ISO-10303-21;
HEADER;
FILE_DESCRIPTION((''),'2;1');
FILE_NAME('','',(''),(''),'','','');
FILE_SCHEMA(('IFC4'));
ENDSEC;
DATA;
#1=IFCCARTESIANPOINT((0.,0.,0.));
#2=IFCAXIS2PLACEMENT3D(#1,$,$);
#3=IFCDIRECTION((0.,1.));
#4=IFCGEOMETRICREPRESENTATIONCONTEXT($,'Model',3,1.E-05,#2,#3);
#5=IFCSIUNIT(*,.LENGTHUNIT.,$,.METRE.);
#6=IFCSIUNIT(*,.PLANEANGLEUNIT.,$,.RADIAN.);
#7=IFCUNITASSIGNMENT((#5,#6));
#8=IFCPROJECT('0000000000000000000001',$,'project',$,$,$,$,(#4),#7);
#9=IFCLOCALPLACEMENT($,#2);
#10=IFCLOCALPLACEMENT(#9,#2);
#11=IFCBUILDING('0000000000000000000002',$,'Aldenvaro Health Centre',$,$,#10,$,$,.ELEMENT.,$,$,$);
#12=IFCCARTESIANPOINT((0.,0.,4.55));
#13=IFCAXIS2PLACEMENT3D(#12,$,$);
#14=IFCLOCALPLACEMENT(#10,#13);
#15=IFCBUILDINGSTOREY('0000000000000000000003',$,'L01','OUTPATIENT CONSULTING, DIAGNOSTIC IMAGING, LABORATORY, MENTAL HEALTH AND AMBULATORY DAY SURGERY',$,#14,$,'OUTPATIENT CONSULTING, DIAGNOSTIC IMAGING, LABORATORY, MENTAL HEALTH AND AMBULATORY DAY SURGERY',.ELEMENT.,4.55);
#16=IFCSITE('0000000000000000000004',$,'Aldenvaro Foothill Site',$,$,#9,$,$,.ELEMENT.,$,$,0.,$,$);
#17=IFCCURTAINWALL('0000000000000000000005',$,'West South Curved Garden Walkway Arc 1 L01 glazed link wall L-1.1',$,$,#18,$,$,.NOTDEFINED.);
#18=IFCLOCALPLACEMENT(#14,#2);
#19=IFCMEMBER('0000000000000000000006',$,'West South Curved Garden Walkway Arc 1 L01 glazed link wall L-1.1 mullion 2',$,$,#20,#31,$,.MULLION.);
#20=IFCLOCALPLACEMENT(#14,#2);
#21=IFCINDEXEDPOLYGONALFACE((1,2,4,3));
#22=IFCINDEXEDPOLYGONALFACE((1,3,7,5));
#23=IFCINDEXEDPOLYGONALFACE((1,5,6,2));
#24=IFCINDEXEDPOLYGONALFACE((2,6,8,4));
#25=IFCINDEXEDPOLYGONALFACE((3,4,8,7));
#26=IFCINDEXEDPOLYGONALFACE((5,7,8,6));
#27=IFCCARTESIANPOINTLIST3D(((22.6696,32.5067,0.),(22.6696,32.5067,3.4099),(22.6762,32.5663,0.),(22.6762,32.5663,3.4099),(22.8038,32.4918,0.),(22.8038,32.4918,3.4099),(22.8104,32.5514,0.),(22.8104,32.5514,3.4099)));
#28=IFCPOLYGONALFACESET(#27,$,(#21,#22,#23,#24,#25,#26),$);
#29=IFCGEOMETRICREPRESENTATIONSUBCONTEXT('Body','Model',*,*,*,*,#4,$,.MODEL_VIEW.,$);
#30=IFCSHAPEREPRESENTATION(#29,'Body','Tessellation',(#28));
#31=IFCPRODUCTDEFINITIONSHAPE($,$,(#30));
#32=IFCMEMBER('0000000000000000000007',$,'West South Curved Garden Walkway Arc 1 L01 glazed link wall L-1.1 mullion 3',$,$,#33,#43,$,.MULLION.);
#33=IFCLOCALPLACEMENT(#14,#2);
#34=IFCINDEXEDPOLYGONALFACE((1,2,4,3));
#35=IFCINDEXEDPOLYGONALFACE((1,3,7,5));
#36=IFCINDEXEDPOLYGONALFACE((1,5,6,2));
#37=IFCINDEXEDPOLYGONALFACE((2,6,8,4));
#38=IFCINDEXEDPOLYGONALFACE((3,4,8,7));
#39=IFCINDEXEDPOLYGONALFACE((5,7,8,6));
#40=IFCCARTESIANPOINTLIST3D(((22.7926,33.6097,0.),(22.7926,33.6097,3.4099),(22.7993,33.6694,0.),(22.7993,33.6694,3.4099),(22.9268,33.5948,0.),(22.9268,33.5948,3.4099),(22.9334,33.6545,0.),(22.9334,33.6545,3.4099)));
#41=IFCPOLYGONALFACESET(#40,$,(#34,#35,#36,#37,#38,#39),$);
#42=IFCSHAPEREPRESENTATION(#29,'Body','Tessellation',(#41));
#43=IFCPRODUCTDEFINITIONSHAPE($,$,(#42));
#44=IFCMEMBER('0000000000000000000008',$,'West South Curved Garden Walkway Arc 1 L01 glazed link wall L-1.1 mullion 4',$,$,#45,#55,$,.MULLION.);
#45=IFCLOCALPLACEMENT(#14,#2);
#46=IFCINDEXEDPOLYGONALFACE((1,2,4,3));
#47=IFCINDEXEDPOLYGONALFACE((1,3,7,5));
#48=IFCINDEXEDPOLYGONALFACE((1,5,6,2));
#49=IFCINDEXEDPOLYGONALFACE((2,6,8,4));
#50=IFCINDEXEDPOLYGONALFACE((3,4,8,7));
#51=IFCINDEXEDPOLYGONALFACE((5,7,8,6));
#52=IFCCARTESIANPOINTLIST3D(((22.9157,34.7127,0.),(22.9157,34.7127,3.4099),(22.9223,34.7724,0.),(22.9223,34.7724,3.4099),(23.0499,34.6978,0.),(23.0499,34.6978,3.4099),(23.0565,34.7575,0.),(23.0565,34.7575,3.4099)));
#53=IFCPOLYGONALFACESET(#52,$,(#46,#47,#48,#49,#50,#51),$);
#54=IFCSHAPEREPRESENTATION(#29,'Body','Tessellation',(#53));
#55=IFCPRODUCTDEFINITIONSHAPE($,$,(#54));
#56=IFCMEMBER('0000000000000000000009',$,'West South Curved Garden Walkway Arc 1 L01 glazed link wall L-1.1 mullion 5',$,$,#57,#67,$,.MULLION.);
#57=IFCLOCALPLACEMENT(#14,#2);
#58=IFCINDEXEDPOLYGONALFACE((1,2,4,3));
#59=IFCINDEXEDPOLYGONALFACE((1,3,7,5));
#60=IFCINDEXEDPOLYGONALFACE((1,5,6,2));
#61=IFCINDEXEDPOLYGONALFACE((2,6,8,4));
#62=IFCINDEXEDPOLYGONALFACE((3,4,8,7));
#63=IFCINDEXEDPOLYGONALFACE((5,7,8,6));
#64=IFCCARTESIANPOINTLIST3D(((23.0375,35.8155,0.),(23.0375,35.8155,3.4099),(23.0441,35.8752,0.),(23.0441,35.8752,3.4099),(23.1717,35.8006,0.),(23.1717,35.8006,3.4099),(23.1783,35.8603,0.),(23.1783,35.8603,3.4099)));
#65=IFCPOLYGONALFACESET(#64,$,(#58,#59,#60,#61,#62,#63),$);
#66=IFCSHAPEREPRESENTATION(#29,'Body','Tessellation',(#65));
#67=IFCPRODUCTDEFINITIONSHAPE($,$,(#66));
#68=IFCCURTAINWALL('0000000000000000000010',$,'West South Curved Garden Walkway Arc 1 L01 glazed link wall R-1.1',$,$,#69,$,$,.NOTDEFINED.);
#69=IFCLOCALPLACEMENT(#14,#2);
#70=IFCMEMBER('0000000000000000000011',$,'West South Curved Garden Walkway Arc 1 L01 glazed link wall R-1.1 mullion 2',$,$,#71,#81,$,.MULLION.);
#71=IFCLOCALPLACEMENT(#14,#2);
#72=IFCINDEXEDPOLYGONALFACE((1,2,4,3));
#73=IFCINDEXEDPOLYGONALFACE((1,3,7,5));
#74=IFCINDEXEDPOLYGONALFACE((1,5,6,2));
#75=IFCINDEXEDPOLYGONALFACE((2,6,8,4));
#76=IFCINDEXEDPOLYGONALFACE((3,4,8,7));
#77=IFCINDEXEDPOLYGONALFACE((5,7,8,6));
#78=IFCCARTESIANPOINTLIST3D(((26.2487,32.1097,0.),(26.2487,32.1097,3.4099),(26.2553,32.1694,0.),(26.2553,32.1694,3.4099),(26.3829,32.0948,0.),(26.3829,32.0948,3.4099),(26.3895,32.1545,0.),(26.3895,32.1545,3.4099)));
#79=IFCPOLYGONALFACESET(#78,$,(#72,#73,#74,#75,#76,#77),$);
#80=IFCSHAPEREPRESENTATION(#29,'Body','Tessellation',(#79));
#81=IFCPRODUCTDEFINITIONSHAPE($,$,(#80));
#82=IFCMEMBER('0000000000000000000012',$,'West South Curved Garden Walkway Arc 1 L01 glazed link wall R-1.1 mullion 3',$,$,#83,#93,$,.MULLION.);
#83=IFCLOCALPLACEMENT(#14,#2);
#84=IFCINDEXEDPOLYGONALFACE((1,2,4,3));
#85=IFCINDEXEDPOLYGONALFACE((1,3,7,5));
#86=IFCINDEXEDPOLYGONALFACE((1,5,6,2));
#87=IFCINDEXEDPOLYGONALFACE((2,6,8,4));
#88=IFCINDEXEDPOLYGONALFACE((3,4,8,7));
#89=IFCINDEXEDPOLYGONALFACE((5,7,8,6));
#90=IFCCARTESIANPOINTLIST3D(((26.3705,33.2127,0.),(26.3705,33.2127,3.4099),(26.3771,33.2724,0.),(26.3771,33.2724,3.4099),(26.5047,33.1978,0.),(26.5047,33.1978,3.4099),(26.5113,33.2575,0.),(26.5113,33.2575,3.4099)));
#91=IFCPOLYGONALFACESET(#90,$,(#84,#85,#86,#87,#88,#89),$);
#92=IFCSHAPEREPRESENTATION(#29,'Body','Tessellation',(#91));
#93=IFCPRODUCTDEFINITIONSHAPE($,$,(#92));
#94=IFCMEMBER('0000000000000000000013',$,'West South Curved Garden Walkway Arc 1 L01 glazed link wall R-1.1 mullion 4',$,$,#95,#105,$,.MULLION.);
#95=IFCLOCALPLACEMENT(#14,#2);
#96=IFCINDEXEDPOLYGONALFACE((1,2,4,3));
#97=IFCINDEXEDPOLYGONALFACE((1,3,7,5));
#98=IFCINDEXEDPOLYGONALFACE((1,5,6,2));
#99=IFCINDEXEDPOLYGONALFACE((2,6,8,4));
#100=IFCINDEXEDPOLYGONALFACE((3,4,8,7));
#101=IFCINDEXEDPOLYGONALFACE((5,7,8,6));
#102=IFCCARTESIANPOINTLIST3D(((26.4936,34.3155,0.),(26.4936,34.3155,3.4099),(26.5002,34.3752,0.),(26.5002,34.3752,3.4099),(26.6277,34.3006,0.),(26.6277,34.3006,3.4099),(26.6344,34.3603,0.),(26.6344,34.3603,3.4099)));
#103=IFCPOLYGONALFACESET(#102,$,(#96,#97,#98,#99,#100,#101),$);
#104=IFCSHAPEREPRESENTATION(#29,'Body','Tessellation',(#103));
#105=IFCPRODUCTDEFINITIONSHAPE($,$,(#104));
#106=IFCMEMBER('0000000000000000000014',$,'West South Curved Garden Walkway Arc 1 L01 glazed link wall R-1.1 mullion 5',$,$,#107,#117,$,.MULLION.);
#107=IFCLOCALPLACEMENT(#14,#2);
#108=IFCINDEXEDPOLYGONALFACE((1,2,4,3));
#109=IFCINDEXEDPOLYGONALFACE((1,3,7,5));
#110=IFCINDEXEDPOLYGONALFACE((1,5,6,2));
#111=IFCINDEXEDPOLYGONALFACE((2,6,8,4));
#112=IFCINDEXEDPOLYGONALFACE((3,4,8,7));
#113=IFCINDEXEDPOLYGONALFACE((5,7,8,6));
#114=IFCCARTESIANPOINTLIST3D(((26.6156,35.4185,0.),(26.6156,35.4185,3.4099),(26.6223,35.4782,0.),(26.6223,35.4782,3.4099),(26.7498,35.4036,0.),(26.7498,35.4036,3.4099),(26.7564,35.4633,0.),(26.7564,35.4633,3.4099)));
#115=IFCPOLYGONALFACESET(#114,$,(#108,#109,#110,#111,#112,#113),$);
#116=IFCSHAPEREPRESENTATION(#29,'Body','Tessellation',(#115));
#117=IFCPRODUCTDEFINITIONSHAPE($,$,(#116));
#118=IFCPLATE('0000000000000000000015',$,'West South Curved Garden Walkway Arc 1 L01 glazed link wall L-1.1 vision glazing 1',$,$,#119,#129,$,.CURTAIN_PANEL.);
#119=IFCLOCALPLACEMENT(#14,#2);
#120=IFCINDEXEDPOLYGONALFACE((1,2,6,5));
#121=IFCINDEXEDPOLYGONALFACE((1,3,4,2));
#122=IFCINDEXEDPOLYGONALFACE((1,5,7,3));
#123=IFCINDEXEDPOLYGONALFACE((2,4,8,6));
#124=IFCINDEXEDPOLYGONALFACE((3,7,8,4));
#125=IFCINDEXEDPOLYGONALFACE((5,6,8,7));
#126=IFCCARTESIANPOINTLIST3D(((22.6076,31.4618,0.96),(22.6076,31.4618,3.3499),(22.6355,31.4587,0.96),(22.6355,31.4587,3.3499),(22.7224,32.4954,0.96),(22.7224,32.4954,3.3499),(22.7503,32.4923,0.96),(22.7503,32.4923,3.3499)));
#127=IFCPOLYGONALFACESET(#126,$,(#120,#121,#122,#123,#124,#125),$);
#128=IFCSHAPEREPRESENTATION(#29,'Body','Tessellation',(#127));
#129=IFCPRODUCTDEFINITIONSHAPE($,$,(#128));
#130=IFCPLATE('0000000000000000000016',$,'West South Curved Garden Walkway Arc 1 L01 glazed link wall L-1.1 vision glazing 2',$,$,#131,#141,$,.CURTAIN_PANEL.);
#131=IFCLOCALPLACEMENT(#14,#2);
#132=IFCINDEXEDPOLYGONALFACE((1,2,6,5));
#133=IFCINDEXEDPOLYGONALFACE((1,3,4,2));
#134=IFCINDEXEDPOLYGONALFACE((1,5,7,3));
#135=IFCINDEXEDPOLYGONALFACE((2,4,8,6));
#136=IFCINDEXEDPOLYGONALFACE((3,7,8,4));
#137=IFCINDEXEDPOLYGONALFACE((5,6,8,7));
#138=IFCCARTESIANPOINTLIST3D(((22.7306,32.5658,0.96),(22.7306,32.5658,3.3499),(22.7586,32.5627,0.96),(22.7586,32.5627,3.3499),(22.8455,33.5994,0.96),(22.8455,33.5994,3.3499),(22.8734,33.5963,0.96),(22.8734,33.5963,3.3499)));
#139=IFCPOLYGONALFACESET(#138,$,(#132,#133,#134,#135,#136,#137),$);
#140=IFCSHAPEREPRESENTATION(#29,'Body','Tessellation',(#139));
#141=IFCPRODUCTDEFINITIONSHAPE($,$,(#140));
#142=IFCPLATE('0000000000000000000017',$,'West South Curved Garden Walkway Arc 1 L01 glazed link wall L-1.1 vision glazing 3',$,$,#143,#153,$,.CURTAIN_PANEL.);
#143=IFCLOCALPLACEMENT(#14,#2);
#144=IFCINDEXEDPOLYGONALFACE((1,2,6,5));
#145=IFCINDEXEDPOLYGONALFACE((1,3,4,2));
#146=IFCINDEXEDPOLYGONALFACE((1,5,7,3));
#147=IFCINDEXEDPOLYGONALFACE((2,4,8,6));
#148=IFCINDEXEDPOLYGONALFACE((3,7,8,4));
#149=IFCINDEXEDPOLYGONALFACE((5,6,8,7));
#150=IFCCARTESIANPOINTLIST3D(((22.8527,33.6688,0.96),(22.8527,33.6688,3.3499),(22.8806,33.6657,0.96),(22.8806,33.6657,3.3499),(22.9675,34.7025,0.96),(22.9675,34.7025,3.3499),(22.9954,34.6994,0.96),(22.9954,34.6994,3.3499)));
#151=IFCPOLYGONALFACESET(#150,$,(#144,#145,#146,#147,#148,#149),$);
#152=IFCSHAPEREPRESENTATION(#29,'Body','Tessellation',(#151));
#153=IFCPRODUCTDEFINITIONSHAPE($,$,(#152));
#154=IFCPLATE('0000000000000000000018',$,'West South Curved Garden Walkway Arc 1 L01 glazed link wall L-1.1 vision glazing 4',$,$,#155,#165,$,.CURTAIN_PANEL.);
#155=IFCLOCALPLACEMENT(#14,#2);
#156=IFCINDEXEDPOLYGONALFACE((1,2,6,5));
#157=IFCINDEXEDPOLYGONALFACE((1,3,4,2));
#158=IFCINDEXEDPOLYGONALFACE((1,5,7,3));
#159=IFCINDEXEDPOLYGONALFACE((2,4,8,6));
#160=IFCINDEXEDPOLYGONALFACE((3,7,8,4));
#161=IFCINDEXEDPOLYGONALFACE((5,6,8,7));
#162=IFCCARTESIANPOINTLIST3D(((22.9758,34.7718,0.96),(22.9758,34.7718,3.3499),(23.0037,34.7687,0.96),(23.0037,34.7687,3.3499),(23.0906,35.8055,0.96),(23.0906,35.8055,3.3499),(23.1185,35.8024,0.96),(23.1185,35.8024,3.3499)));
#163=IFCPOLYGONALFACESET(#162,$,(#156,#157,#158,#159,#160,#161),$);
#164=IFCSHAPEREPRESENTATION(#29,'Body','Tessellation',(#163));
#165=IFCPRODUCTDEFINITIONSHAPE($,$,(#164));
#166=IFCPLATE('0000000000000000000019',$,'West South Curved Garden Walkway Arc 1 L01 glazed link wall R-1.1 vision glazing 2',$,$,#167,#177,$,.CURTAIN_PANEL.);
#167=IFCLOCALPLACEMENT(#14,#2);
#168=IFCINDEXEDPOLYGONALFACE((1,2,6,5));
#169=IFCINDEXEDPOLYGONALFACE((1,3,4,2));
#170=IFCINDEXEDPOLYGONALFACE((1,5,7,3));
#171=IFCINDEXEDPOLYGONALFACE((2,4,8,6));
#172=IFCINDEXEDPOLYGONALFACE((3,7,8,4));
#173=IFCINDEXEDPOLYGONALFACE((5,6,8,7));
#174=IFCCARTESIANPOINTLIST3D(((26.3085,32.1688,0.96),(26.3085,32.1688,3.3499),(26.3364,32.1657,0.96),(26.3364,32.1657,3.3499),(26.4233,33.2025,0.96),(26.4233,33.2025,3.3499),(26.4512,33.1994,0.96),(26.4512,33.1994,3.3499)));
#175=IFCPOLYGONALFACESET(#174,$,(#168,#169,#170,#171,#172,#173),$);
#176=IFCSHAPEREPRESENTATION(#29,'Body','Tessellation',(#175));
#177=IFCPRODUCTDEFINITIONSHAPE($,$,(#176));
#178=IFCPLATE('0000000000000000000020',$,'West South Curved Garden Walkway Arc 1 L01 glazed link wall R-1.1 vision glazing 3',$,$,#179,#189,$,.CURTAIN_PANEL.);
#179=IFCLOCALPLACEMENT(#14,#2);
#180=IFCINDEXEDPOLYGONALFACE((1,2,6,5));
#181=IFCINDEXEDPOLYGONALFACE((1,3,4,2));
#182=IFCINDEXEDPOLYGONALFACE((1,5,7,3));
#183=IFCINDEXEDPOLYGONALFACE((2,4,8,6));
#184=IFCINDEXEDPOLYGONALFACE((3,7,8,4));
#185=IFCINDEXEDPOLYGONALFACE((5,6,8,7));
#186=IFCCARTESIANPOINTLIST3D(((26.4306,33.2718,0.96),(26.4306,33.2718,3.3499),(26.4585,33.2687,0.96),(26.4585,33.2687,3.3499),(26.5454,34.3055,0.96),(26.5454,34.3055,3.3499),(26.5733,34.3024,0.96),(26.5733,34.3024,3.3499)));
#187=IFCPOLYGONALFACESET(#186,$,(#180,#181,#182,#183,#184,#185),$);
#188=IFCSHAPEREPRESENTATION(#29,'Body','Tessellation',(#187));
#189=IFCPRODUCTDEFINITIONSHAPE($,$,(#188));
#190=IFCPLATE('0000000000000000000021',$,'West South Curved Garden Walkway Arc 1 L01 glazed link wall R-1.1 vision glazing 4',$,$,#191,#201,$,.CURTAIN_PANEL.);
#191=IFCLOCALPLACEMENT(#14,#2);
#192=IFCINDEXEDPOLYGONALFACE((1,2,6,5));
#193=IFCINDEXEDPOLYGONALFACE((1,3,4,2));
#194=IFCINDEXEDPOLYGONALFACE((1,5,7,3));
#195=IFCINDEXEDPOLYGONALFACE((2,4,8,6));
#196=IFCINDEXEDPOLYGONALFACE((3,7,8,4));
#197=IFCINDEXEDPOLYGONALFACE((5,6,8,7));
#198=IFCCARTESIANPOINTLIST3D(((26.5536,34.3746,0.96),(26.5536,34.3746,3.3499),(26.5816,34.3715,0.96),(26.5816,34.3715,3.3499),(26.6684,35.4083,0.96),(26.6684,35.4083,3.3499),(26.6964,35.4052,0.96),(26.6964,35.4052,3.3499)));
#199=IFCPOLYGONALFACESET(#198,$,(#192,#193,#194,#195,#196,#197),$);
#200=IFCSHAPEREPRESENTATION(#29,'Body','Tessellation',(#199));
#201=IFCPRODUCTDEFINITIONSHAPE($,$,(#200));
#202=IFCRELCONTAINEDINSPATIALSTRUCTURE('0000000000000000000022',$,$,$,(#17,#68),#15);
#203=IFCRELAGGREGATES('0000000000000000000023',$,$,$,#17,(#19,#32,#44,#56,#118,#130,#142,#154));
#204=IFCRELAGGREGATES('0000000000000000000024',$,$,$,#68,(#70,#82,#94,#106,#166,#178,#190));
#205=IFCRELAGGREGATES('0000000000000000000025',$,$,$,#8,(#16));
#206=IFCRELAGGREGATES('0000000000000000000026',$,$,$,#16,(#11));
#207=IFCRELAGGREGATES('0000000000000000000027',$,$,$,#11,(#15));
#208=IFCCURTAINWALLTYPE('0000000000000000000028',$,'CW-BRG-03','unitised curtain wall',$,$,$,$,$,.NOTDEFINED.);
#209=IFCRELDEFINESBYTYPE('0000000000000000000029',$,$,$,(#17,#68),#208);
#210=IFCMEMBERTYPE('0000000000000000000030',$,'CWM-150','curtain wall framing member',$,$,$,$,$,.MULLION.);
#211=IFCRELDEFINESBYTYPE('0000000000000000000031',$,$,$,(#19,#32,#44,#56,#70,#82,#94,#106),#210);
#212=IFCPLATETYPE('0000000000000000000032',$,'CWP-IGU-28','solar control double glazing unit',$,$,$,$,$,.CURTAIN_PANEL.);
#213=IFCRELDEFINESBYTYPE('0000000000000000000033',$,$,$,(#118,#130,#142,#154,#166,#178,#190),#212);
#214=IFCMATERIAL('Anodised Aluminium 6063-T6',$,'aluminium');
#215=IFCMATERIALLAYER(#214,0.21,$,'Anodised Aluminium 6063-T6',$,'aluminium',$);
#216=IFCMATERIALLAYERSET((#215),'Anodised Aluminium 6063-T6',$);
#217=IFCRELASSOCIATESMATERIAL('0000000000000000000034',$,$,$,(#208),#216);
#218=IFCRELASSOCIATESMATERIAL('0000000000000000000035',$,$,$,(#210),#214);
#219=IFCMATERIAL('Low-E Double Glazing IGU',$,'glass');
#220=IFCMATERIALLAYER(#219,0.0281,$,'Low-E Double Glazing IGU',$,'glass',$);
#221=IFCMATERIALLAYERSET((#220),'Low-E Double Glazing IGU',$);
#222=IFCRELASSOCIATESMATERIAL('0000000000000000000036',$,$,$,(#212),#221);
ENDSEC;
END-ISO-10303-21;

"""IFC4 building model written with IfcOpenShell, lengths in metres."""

from ifc_helpers import new_model, si_unit, direction, frame, origin, origin_2d, place, context, subcontext, project, spatial, rectangle, extrude, material, layer, layer_set, material_profile, profile_set, type_object, element, aggregate, save


model = new_model("IFC4")

# Units and contexts
model_context = context("Model", 3, precision=1e-05, world=origin(), true_north=direction((0.0, 1.0)))
body_context = subcontext(model_context, "Body", "Model", "MODEL_VIEW")
ifc_project = project(units=[si_unit("LENGTHUNIT", "METRE"), si_unit("PLANEANGLEUNIT", "RADIAN")], contexts=[model_context])

# Site, building, storey
site_placement = place(None, origin())
site = spatial("IfcSite", under=ifc_project, at=site_placement, Name="Aldenvaro Foothill Site", CompositionType="ELEMENT", RefElevation=0.0)
building_placement = place(site_placement, origin())
building = spatial("IfcBuilding", under=site, at=building_placement, Name="Aldenvaro Health Centre", CompositionType="ELEMENT")
storey_placement = place(building_placement, frame((0.0, 0.0, 4.55)))
storey = spatial("IfcBuildingStorey", under=building, at=storey_placement, Name="L01", Description="OUTPATIENT CONSULTING, DIAGNOSTIC IMAGING, LABORATORY, MENTAL HEALTH AND AMBULATORY DAY SURGERY", LongName="OUTPATIENT CONSULTING, DIAGNOSTIC IMAGING, LABORATORY, MENTAL HEALTH AND AMBULATORY DAY SURGERY", CompositionType="ELEMENT", Elevation=4.55)

# Curtain walls, members
ifc_material_1 = material(Name="Anodised Aluminium 6063-T6", Category="aluminium")
ifc_layer_1 = layer(ifc_material_1, 0.21, Name="Anodised Aluminium 6063-T6", Category="aluminium")
ifc_layer_set_1 = layer_set([ifc_layer_1], Name="Anodised Aluminium 6063-T6")
curtain_wall_type = type_object("IfcCurtainWallType", Name="CW-BRG-03", Description="unitised curtain wall", PredefinedType="NOTDEFINED", material=ifc_layer_set_1)
curtain_wall_1_placement = place(storey_placement, origin())
curtain_wall_1 = element("IfcCurtainWall", 1, at=curtain_wall_1_placement, inside=storey, type_object=curtain_wall_type, Name="West South Curved Garden Walkway Arc 1 L01 glazed link wall L-1.1", PredefinedType="NOTDEFINED")
ifc_material_profile = material_profile(ifc_material_1, rectangle(XDim=0.0601, YDim=0.135, at=origin_2d()), Name="ALU 60x135", Category="aluminium")
ifc_profile_set = profile_set([ifc_material_profile], Name="Anodised Aluminium 6063-T6")
member_type = type_object("IfcMemberType", Name="CWM-150", Description="curtain wall framing member", PredefinedType="MULLION", material=ifc_profile_set)
member_1_placement = place(storey_placement, frame((22.74, 32.5291, 0.0), z_axis=(0.0, 0.0, 1.0), x_axis=(0.110382, 0.993889, 0.0)))
member_1 = element("IfcMember", 2, at=member_1_placement, type_object=member_type, Name="West South Curved Garden Walkway Arc 1 L01 glazed link wall L-1.1 mullion 2", PredefinedType="MULLION", context=body_context, shape_type="SweptSolid", body=[
    extrude(rectangle(XDim=0.0601, YDim=0.135, at=origin_2d()), origin(), (0.0, 0.0, 1.0), 3.4099),
])
member_2_placement = place(storey_placement, frame((22.863, 33.6321, 0.0), z_axis=(0.0, 0.0, 1.0), x_axis=(0.110382, 0.993889, 0.0)))
member_2 = element("IfcMember", 3, at=member_2_placement, type_object=member_type, Name="West South Curved Garden Walkway Arc 1 L01 glazed link wall L-1.1 mullion 3", PredefinedType="MULLION", context=body_context, shape_type="SweptSolid", body=[
    extrude(rectangle(XDim=0.0601, YDim=0.135, at=origin_2d()), origin(), (0.0, 0.0, 1.0), 3.4099),
])
member_3_placement = place(storey_placement, frame((22.9861, 34.7351, 0.0), z_axis=(0.0, 0.0, 1.0), x_axis=(0.110382, 0.993889, 0.0)))
member_3 = element("IfcMember", 4, at=member_3_placement, type_object=member_type, Name="West South Curved Garden Walkway Arc 1 L01 glazed link wall L-1.1 mullion 4", PredefinedType="MULLION", context=body_context, shape_type="SweptSolid", body=[
    extrude(rectangle(XDim=0.0601, YDim=0.135, at=origin_2d()), origin(), (0.0, 0.0, 1.0), 3.4099),
])
member_4_placement = place(storey_placement, frame((23.1079, 35.8379, 0.0), z_axis=(0.0, 0.0, 1.0), x_axis=(0.110382, 0.993889, 0.0)))
member_4 = element("IfcMember", 5, at=member_4_placement, type_object=member_type, Name="West South Curved Garden Walkway Arc 1 L01 glazed link wall L-1.1 mullion 5", PredefinedType="MULLION", context=body_context, shape_type="SweptSolid", body=[
    extrude(rectangle(XDim=0.0601, YDim=0.135, at=origin_2d()), origin(), (0.0, 0.0, 1.0), 3.4099),
])
curtain_wall_2_placement = place(storey_placement, origin())
curtain_wall_2 = element("IfcCurtainWall", 6, at=curtain_wall_2_placement, inside=storey, type_object=curtain_wall_type, Name="West South Curved Garden Walkway Arc 1 L01 glazed link wall R-1.1", PredefinedType="NOTDEFINED")
member_5_placement = place(storey_placement, frame((26.3191, 32.1321, 0.0), z_axis=(0.0, 0.0, 1.0), x_axis=(0.110382, 0.993889, 0.0)))
member_5 = element("IfcMember", 7, at=member_5_placement, type_object=member_type, Name="West South Curved Garden Walkway Arc 1 L01 glazed link wall R-1.1 mullion 2", PredefinedType="MULLION", context=body_context, shape_type="SweptSolid", body=[
    extrude(rectangle(XDim=0.0601, YDim=0.135, at=origin_2d()), origin(), (0.0, 0.0, 1.0), 3.4099),
])
member_6_placement = place(storey_placement, frame((26.4409, 33.2351, 0.0), z_axis=(0.0, 0.0, 1.0), x_axis=(0.110382, 0.993889, 0.0)))
member_6 = element("IfcMember", 8, at=member_6_placement, type_object=member_type, Name="West South Curved Garden Walkway Arc 1 L01 glazed link wall R-1.1 mullion 3", PredefinedType="MULLION", context=body_context, shape_type="SweptSolid", body=[
    extrude(rectangle(XDim=0.0601, YDim=0.135, at=origin_2d()), origin(), (0.0, 0.0, 1.0), 3.4099),
])
member_7_placement = place(storey_placement, frame((26.564, 34.3379, 0.0), z_axis=(0.0, 0.0, 1.0), x_axis=(0.110382, 0.993889, 0.0)))
member_7 = element("IfcMember", 9, at=member_7_placement, type_object=member_type, Name="West South Curved Garden Walkway Arc 1 L01 glazed link wall R-1.1 mullion 4", PredefinedType="MULLION", context=body_context, shape_type="SweptSolid", body=[
    extrude(rectangle(XDim=0.0601, YDim=0.135, at=origin_2d()), origin(), (0.0, 0.0, 1.0), 3.4099),
])
member_8_placement = place(storey_placement, frame((26.686, 35.4409, 0.0), z_axis=(0.0, 0.0, 1.0), x_axis=(0.110382, 0.993889, 0.0)))
member_8 = element("IfcMember", 10, at=member_8_placement, type_object=member_type, Name="West South Curved Garden Walkway Arc 1 L01 glazed link wall R-1.1 mullion 5", PredefinedType="MULLION", context=body_context, shape_type="SweptSolid", body=[
    extrude(rectangle(XDim=0.0601, YDim=0.135, at=origin_2d()), origin(), (0.0, 0.0, 1.0), 3.4099),
])

# Plates
ifc_material_2 = material(Name="Low-E Double Glazing IGU", Category="glass")
ifc_layer_2 = layer(ifc_material_2, 0.0281, Name="Low-E Double Glazing IGU", Category="glass")
ifc_layer_set_2 = layer_set([ifc_layer_2], Name="Low-E Double Glazing IGU")
plate_type_1 = type_object("IfcPlateType", Name="CWP-IGU-28", Description="solar control double glazing unit", PredefinedType="CURTAIN_PANEL", material=ifc_layer_set_2)
plate_1_placement = place(storey_placement, frame((22.679, 31.9771, 0.96), z_axis=(0.0, 0.0, 1.0), x_axis=(0.110382, 0.993889, 0.0)))
plate_1 = element("IfcPlate", 11, at=plate_1_placement, type_object=plate_type_1, Name="West South Curved Garden Walkway Arc 1 L01 glazed link wall L-1.1 vision glazing 1", PredefinedType="CURTAIN_PANEL", context=body_context, shape_type="SweptSolid", body=[
    extrude(rectangle(XDim=1.04, YDim=0.0281, at=origin_2d()), origin(), (0.0, 0.0, 1.0), 2.3899),
])
plate_2_placement = place(storey_placement, frame((22.802, 33.0811, 0.96), z_axis=(0.0, 0.0, 1.0), x_axis=(0.110382, 0.993889, 0.0)))
plate_2 = element("IfcPlate", 12, at=plate_2_placement, type_object=plate_type_1, Name="West South Curved Garden Walkway Arc 1 L01 glazed link wall L-1.1 vision glazing 2", PredefinedType="CURTAIN_PANEL", context=body_context, shape_type="SweptSolid", body=[
    extrude(rectangle(XDim=1.04, YDim=0.0281, at=origin_2d()), origin(), (0.0, 0.0, 1.0), 2.3899),
])
plate_3_placement = place(storey_placement, frame((22.9241, 34.1841, 0.96), z_axis=(0.0, 0.0, 1.0), x_axis=(0.110382, 0.993889, 0.0)))
plate_3 = element("IfcPlate", 13, at=plate_3_placement, type_object=plate_type_1, Name="West South Curved Garden Walkway Arc 1 L01 glazed link wall L-1.1 vision glazing 3", PredefinedType="CURTAIN_PANEL", context=body_context, shape_type="SweptSolid", body=[
    extrude(rectangle(XDim=1.04, YDim=0.0281, at=origin_2d()), origin(), (0.0, 0.0, 1.0), 2.3899),
])
plate_4_placement = place(storey_placement, frame((23.0471, 35.2871, 0.96), z_axis=(0.0, 0.0, 1.0), x_axis=(0.110382, 0.993889, 0.0)))
plate_4 = element("IfcPlate", 14, at=plate_4_placement, type_object=plate_type_1, Name="West South Curved Garden Walkway Arc 1 L01 glazed link wall L-1.1 vision glazing 4", PredefinedType="CURTAIN_PANEL", context=body_context, shape_type="SweptSolid", body=[
    extrude(rectangle(XDim=1.04, YDim=0.0281, at=origin_2d()), origin(), (0.0, 0.0, 1.0), 2.3899),
])
plate_5_placement = place(storey_placement, frame((26.3799, 32.6841, 0.96), z_axis=(0.0, 0.0, 1.0), x_axis=(0.110382, 0.993889, 0.0)))
plate_5 = element("IfcPlate", 15, at=plate_5_placement, type_object=plate_type_1, Name="West South Curved Garden Walkway Arc 1 L01 glazed link wall R-1.1 vision glazing 2", PredefinedType="CURTAIN_PANEL", context=body_context, shape_type="SweptSolid", body=[
    extrude(rectangle(XDim=1.04, YDim=0.0281, at=origin_2d()), origin(), (0.0, 0.0, 1.0), 2.3899),
])
plate_6_placement = place(storey_placement, frame((26.502, 33.7871, 0.96), z_axis=(0.0, 0.0, 1.0), x_axis=(0.110382, 0.993889, 0.0)))
plate_6 = element("IfcPlate", 16, at=plate_6_placement, type_object=plate_type_1, Name="West South Curved Garden Walkway Arc 1 L01 glazed link wall R-1.1 vision glazing 3", PredefinedType="CURTAIN_PANEL", context=body_context, shape_type="SweptSolid", body=[
    extrude(rectangle(XDim=1.04, YDim=0.0281, at=origin_2d()), origin(), (0.0, 0.0, 1.0), 2.3899),
])
plate_7_placement = place(storey_placement, frame((26.625, 34.8899, 0.96), z_axis=(0.0, 0.0, 1.0), x_axis=(0.110382, 0.993889, 0.0)))
plate_7 = element("IfcPlate", 17, at=plate_7_placement, type_object=plate_type_1, Name="West South Curved Garden Walkway Arc 1 L01 glazed link wall R-1.1 vision glazing 4", PredefinedType="CURTAIN_PANEL", context=body_context, shape_type="SweptSolid", body=[
    extrude(rectangle(XDim=1.04, YDim=0.0281, at=origin_2d()), origin(), (0.0, 0.0, 1.0), 2.3899),
])
aggregate(curtain_wall_1, [member_1, member_2, member_3, member_4, plate_1, plate_2, plate_3, plate_4])
aggregate(curtain_wall_2, [member_5, member_6, member_7, member_8, plate_5, plate_6, plate_7])

save(model, "model.ifc")
